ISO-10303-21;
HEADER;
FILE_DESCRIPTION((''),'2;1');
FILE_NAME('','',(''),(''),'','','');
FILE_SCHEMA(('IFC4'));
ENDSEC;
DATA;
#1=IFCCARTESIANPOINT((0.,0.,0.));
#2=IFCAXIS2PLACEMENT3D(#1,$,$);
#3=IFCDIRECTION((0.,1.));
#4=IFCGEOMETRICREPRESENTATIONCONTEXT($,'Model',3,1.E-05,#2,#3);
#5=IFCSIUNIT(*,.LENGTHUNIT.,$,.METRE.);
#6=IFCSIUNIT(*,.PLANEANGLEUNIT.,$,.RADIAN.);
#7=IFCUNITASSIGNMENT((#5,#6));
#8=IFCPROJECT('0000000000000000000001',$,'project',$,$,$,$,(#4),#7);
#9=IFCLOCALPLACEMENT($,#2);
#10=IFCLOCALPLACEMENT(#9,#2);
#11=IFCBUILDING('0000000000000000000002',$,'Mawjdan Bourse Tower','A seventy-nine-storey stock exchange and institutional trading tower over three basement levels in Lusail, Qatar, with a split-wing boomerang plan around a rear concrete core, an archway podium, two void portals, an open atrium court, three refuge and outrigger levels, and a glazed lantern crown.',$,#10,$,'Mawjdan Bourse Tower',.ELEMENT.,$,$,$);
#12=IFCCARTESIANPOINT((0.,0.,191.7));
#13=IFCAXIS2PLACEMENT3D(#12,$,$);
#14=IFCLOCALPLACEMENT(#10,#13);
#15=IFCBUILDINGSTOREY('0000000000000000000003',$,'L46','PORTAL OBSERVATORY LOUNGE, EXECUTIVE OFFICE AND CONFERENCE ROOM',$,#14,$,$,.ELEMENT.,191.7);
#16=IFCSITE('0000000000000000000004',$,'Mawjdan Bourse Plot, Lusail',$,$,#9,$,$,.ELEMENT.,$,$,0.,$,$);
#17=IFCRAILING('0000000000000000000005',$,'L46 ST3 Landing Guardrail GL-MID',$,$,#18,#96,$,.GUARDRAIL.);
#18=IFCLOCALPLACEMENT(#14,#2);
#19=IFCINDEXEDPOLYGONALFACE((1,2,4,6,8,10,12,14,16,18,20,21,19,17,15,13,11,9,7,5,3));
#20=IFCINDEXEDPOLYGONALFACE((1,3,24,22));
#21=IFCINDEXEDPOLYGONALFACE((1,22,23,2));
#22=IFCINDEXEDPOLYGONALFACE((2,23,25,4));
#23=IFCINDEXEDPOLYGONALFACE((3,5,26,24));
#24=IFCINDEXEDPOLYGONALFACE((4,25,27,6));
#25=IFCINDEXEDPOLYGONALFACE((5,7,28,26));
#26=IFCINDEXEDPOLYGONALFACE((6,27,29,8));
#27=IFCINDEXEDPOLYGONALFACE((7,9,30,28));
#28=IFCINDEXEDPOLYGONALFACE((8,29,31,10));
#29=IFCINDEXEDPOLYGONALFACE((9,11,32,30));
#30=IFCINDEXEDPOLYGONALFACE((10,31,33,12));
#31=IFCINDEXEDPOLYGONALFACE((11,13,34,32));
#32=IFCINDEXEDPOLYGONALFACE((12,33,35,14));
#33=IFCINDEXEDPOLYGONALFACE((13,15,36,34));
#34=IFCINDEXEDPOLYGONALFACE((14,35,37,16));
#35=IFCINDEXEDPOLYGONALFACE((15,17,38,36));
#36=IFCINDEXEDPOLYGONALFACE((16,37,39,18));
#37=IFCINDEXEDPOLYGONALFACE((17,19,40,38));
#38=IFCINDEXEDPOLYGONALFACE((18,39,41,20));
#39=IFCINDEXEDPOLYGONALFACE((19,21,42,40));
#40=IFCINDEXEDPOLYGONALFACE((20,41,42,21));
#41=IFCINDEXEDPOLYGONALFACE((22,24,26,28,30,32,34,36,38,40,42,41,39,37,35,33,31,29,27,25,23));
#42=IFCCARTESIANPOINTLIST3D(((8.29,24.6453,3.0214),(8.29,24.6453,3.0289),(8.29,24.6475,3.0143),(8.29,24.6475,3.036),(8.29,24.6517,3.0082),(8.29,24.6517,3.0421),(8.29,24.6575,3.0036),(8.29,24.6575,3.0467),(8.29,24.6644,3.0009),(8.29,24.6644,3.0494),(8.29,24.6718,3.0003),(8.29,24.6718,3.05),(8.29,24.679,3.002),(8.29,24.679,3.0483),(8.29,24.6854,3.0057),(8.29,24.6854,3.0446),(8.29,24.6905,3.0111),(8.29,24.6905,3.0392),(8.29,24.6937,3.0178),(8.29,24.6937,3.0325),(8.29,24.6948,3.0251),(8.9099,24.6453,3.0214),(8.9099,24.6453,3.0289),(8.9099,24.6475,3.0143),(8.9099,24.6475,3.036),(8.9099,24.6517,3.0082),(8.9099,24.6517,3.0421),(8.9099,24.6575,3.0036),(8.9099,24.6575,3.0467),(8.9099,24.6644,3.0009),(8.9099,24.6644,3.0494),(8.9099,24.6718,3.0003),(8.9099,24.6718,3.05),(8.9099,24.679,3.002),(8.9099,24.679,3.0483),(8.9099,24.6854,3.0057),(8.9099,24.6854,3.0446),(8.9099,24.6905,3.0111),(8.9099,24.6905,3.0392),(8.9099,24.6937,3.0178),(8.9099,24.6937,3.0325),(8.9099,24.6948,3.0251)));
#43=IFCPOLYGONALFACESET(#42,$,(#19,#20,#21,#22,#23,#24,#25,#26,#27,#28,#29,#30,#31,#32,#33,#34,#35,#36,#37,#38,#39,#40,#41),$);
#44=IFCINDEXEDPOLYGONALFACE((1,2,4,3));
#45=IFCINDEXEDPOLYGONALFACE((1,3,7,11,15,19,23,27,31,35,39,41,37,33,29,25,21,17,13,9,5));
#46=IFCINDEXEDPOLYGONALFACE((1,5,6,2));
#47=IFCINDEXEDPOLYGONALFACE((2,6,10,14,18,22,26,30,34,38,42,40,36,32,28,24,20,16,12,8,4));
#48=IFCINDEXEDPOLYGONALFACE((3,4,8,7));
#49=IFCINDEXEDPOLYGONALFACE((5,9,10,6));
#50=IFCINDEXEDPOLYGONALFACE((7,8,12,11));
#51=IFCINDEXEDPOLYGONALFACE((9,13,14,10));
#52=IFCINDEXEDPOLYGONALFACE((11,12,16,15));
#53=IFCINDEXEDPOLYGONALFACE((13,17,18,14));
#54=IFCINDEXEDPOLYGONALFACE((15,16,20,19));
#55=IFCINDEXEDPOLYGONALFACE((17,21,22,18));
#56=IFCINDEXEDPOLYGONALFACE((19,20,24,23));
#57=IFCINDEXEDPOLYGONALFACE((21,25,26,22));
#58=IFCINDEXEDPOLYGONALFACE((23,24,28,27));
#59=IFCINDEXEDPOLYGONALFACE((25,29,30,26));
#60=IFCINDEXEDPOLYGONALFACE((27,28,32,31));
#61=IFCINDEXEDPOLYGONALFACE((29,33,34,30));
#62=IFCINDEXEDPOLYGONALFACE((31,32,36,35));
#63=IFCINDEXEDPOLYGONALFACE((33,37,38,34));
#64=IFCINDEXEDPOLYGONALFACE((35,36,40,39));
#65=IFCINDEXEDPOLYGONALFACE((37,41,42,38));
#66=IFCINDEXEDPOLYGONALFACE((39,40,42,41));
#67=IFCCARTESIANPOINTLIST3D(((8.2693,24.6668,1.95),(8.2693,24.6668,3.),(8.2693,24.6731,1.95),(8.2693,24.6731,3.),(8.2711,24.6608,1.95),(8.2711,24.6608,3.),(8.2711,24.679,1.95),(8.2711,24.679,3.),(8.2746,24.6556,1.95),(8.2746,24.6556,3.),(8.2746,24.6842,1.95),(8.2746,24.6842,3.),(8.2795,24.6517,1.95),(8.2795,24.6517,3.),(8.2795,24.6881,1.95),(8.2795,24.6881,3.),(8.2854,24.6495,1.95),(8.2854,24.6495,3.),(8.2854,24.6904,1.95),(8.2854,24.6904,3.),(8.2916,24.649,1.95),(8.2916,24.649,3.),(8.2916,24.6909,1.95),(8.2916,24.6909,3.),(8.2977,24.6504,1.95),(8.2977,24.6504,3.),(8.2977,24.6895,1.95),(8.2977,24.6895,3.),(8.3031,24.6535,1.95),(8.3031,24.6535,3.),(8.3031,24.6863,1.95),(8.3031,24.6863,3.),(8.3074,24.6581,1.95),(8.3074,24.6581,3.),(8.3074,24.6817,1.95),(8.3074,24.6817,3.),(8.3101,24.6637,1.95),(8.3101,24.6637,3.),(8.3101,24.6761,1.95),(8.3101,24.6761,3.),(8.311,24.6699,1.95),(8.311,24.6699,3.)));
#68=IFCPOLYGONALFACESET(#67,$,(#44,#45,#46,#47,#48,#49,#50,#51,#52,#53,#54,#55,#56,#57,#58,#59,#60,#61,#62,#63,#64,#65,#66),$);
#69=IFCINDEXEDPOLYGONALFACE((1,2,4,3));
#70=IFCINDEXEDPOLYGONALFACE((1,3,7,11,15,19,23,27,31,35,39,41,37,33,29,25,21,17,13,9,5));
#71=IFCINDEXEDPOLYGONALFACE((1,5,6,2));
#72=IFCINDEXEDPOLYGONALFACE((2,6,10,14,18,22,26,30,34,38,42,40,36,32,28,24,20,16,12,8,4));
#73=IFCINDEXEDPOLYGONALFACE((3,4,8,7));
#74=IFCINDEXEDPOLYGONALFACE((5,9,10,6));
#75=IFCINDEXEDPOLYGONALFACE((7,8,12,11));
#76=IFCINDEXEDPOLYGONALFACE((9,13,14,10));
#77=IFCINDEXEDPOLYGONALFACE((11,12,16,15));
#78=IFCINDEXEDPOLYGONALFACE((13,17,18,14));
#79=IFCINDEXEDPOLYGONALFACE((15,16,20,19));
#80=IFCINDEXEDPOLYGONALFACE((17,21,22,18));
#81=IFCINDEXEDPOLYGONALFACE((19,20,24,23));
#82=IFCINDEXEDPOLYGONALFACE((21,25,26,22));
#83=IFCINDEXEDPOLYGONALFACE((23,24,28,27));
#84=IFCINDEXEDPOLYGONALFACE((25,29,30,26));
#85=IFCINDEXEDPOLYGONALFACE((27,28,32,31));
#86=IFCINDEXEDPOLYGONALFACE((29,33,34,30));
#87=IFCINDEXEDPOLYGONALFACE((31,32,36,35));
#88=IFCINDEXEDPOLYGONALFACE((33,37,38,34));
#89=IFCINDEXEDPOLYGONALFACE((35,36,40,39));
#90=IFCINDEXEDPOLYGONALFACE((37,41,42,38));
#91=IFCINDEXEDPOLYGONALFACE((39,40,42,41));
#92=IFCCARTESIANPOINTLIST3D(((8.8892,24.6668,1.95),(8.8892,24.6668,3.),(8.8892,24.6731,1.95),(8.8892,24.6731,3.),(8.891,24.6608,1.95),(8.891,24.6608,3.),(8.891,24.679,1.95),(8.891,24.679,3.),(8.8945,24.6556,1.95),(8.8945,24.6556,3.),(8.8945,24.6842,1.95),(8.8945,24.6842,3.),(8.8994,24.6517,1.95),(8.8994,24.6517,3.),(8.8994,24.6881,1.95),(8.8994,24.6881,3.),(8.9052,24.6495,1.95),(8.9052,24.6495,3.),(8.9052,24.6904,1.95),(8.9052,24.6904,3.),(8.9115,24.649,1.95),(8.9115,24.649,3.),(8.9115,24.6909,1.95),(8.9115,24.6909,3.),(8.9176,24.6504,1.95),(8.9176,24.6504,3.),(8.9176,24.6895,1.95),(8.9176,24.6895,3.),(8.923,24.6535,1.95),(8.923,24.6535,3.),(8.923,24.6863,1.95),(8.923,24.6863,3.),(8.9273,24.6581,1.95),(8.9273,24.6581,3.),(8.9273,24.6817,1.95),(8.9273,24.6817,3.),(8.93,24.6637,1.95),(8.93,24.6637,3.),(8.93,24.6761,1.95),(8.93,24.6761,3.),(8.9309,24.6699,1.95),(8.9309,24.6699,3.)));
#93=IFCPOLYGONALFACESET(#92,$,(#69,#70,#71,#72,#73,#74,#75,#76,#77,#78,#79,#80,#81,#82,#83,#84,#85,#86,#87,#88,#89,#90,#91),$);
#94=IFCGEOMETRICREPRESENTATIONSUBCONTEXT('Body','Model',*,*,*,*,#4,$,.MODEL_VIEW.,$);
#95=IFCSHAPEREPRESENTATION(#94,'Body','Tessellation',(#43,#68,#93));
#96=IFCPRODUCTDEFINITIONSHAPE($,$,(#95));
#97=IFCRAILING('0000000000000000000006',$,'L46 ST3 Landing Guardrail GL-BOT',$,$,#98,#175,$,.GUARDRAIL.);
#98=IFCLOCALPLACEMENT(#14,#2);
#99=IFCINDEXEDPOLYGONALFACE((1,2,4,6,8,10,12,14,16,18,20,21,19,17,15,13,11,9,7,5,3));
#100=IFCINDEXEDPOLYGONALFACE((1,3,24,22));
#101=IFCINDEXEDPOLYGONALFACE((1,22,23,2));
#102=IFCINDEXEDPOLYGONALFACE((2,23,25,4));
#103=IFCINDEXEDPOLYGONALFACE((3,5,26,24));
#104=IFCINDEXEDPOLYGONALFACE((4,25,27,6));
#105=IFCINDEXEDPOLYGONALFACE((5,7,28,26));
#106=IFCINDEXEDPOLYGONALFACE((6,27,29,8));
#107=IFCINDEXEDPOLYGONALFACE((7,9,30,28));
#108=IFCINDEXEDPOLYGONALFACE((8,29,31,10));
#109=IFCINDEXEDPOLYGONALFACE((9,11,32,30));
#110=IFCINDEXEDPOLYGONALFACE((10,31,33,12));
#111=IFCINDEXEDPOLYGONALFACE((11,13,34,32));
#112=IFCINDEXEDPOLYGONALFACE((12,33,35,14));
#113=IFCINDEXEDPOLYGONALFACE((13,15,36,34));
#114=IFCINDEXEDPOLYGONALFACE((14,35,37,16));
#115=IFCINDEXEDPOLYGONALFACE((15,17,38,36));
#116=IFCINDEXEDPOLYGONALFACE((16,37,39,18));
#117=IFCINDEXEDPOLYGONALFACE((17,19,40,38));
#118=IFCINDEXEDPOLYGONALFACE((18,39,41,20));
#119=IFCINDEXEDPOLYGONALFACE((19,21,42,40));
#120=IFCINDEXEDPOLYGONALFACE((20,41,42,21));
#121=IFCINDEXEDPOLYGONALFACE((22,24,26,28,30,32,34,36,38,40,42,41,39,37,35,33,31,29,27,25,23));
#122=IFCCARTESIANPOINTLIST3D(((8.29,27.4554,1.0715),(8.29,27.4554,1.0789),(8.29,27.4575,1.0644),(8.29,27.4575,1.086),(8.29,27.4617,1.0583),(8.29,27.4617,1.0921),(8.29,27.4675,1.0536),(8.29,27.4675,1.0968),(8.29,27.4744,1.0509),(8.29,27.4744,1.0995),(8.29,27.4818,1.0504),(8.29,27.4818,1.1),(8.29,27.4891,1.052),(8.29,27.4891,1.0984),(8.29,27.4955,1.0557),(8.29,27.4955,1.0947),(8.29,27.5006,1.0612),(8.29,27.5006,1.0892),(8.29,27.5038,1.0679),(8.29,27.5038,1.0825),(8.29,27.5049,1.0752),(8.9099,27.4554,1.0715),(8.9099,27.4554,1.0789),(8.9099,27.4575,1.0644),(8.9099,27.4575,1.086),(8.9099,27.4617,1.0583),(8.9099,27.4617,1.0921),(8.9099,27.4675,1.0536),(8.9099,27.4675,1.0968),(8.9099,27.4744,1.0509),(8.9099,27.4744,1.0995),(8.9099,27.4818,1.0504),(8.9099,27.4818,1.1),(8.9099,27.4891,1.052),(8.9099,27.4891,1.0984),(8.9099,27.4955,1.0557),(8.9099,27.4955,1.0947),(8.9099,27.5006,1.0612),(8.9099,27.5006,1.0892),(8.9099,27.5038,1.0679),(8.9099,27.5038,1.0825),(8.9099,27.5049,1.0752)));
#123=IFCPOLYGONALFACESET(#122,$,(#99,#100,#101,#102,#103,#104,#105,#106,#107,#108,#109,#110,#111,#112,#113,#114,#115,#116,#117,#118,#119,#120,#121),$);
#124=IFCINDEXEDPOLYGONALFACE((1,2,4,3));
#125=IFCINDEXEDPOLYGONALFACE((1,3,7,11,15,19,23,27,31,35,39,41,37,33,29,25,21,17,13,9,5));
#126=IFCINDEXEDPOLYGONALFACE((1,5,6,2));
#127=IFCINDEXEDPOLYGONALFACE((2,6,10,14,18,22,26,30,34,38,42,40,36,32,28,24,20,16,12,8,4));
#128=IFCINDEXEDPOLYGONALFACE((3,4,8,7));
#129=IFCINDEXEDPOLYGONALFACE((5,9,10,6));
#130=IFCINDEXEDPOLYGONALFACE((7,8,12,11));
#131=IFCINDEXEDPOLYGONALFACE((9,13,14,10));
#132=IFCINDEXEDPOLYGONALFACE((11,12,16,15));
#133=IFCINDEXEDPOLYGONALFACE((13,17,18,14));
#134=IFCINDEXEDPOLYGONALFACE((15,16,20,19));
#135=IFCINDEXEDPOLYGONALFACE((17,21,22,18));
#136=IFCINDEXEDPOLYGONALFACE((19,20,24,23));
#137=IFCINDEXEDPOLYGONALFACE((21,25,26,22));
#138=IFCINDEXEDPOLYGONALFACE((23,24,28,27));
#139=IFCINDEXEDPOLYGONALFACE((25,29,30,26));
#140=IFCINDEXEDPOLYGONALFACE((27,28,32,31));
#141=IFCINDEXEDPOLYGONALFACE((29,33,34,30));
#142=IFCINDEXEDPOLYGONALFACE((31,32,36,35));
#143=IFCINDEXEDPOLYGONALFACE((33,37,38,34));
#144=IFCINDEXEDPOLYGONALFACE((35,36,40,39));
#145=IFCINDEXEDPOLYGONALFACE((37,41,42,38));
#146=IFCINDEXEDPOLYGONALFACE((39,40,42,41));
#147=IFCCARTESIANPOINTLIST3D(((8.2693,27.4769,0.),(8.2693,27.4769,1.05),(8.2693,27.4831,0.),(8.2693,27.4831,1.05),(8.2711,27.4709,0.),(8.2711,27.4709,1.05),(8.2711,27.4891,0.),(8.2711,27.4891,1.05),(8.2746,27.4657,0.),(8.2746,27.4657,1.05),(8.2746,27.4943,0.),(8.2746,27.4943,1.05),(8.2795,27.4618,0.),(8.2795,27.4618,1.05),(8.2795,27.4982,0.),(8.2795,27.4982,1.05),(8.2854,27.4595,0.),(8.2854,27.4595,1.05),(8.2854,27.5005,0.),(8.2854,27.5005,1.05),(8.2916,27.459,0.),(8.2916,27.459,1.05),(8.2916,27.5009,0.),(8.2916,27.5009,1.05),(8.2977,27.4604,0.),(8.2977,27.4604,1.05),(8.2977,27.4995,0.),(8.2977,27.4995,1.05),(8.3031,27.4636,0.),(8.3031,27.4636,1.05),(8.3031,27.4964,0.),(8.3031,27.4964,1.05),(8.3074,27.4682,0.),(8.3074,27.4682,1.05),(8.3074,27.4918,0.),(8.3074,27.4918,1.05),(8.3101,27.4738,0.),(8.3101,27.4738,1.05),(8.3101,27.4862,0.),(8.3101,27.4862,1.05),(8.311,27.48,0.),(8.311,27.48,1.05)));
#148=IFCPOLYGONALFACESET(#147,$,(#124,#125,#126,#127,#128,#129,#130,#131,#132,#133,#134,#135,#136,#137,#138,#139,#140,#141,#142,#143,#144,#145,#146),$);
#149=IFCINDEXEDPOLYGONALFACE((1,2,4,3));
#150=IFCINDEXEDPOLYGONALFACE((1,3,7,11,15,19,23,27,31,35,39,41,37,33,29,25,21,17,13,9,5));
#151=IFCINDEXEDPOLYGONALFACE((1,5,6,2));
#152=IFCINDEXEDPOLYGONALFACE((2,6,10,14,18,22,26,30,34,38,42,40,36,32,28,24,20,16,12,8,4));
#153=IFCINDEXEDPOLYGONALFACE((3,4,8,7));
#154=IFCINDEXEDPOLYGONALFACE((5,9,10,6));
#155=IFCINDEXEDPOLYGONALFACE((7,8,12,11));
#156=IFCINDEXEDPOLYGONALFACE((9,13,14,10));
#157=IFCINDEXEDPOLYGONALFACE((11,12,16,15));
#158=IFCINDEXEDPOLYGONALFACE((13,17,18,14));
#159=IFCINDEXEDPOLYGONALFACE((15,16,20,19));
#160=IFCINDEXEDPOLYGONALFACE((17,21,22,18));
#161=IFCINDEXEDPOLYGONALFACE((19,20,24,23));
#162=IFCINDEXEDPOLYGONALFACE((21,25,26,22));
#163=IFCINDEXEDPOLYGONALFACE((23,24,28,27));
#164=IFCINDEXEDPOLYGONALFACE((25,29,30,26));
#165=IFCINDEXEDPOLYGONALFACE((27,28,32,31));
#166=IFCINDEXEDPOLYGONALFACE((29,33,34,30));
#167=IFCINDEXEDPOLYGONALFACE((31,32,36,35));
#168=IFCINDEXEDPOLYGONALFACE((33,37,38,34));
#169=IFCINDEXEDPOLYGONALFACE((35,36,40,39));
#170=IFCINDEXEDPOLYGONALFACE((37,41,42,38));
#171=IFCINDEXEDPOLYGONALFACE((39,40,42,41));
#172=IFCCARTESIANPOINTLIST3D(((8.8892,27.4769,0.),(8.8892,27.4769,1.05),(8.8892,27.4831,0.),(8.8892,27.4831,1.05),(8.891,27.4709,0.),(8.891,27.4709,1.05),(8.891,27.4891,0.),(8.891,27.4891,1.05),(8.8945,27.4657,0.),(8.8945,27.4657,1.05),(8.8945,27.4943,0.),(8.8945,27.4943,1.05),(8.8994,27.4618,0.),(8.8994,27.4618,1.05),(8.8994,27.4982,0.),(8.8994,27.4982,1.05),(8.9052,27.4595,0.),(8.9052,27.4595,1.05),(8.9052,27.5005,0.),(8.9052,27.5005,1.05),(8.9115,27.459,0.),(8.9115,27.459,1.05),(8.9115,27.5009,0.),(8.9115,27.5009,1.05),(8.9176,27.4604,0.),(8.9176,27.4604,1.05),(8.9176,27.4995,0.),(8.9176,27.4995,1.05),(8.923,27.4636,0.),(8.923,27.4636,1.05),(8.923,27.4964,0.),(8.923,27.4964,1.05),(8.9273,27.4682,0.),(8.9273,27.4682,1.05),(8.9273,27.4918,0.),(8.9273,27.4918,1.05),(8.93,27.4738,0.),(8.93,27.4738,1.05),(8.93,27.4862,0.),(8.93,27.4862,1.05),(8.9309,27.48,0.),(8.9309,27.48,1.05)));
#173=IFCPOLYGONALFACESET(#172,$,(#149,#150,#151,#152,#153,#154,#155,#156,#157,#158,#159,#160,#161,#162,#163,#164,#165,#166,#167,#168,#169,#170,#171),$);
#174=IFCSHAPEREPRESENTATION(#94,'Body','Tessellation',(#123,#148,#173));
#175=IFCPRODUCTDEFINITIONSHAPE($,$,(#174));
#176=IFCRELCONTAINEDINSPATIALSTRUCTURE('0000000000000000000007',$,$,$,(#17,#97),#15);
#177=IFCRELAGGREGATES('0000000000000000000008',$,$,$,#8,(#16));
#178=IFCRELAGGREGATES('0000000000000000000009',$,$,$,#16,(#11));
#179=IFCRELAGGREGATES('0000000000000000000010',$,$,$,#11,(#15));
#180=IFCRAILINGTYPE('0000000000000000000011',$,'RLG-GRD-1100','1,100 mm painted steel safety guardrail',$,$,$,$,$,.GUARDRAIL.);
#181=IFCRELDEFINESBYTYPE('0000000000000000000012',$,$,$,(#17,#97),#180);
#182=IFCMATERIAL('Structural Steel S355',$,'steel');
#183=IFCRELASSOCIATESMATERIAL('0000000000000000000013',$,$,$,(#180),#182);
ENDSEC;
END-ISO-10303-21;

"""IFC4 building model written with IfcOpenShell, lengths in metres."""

from ifc_helpers import new_model, si_unit, direction, frame, origin, origin_2d, place, context, subcontext, project, spatial, circle, extrude, material, type_object, element, save


model = new_model("IFC4")

# Units and contexts
model_context = context("Model", 3, precision=1e-05, world=origin(), true_north=direction((0.0, 1.0)))
body_context = subcontext(model_context, "Body", "Model", "MODEL_VIEW")
ifc_project = project(units=[si_unit("LENGTHUNIT", "METRE"), si_unit("PLANEANGLEUNIT", "RADIAN")], contexts=[model_context])

# Site, building, storey
site_placement = place(None, origin())
site = spatial("IfcSite", under=ifc_project, at=site_placement, Name="Mawjdan Bourse Plot, Lusail", CompositionType="ELEMENT", RefElevation=0.0)
building_placement = place(site_placement, origin())
building = spatial("IfcBuilding", under=site, at=building_placement, Name="Mawjdan Bourse Tower", Description="A seventy-nine-storey stock exchange and institutional trading tower over three basement levels in Lusail, Qatar, with a split-wing boomerang plan around a rear concrete core, an archway podium, two void portals, an open atrium court, three refuge and outrigger levels, and a glazed lantern crown.", LongName="Mawjdan Bourse Tower", CompositionType="ELEMENT")
storey_placement = place(building_placement, frame((0.0, 0.0, 191.7)))
storey = spatial("IfcBuildingStorey", under=building, at=storey_placement, Name="L46", Description="PORTAL OBSERVATORY LOUNGE, EXECUTIVE OFFICE AND CONFERENCE ROOM", CompositionType="ELEMENT", Elevation=191.7)

# Shared definitions
ifc_material_1 = material(Name="Structural Steel S355", Category="steel")

# Railings
railing_type_1 = type_object("IfcRailingType", Name="RLG-GRD-1100", Description="1,100 mm painted steel safety guardrail", PredefinedType="GUARDRAIL", material=ifc_material_1)
for number, where, name in (
    (1, (8.29, 24.6699, 1.95), "L46 ST3 Landing Guardrail GL-MID"),
    (2, (8.29, 27.48, 0.0), "L46 ST3 Landing Guardrail GL-BOT"),
):
    element("IfcRailing", number, at=place(storey_placement, frame(where)), inside=storey, type_object=railing_type_1, Name=name, PredefinedType="GUARDRAIL", context=body_context, shape_type="SweptSolid", body=[
        extrude(circle(Radius=0.0249, at=origin_2d()), frame((0.0, 0.0, 1.0752), z_axis=(1.0, 0.0, 0.0), x_axis=(0.0, 1.0, 0.0)), (0.0, 0.0, 1.0), 0.6199),
        extrude(circle(Radius=0.021, at=origin_2d()), origin(), (0.0, 0.0, 1.0), 1.05),
        extrude(circle(Radius=0.021, at=origin_2d()), frame((0.6199, 0.0, 0.0)), (0.0, 0.0, 1.0), 1.05),
    ])

save(model, "model.ifc")
